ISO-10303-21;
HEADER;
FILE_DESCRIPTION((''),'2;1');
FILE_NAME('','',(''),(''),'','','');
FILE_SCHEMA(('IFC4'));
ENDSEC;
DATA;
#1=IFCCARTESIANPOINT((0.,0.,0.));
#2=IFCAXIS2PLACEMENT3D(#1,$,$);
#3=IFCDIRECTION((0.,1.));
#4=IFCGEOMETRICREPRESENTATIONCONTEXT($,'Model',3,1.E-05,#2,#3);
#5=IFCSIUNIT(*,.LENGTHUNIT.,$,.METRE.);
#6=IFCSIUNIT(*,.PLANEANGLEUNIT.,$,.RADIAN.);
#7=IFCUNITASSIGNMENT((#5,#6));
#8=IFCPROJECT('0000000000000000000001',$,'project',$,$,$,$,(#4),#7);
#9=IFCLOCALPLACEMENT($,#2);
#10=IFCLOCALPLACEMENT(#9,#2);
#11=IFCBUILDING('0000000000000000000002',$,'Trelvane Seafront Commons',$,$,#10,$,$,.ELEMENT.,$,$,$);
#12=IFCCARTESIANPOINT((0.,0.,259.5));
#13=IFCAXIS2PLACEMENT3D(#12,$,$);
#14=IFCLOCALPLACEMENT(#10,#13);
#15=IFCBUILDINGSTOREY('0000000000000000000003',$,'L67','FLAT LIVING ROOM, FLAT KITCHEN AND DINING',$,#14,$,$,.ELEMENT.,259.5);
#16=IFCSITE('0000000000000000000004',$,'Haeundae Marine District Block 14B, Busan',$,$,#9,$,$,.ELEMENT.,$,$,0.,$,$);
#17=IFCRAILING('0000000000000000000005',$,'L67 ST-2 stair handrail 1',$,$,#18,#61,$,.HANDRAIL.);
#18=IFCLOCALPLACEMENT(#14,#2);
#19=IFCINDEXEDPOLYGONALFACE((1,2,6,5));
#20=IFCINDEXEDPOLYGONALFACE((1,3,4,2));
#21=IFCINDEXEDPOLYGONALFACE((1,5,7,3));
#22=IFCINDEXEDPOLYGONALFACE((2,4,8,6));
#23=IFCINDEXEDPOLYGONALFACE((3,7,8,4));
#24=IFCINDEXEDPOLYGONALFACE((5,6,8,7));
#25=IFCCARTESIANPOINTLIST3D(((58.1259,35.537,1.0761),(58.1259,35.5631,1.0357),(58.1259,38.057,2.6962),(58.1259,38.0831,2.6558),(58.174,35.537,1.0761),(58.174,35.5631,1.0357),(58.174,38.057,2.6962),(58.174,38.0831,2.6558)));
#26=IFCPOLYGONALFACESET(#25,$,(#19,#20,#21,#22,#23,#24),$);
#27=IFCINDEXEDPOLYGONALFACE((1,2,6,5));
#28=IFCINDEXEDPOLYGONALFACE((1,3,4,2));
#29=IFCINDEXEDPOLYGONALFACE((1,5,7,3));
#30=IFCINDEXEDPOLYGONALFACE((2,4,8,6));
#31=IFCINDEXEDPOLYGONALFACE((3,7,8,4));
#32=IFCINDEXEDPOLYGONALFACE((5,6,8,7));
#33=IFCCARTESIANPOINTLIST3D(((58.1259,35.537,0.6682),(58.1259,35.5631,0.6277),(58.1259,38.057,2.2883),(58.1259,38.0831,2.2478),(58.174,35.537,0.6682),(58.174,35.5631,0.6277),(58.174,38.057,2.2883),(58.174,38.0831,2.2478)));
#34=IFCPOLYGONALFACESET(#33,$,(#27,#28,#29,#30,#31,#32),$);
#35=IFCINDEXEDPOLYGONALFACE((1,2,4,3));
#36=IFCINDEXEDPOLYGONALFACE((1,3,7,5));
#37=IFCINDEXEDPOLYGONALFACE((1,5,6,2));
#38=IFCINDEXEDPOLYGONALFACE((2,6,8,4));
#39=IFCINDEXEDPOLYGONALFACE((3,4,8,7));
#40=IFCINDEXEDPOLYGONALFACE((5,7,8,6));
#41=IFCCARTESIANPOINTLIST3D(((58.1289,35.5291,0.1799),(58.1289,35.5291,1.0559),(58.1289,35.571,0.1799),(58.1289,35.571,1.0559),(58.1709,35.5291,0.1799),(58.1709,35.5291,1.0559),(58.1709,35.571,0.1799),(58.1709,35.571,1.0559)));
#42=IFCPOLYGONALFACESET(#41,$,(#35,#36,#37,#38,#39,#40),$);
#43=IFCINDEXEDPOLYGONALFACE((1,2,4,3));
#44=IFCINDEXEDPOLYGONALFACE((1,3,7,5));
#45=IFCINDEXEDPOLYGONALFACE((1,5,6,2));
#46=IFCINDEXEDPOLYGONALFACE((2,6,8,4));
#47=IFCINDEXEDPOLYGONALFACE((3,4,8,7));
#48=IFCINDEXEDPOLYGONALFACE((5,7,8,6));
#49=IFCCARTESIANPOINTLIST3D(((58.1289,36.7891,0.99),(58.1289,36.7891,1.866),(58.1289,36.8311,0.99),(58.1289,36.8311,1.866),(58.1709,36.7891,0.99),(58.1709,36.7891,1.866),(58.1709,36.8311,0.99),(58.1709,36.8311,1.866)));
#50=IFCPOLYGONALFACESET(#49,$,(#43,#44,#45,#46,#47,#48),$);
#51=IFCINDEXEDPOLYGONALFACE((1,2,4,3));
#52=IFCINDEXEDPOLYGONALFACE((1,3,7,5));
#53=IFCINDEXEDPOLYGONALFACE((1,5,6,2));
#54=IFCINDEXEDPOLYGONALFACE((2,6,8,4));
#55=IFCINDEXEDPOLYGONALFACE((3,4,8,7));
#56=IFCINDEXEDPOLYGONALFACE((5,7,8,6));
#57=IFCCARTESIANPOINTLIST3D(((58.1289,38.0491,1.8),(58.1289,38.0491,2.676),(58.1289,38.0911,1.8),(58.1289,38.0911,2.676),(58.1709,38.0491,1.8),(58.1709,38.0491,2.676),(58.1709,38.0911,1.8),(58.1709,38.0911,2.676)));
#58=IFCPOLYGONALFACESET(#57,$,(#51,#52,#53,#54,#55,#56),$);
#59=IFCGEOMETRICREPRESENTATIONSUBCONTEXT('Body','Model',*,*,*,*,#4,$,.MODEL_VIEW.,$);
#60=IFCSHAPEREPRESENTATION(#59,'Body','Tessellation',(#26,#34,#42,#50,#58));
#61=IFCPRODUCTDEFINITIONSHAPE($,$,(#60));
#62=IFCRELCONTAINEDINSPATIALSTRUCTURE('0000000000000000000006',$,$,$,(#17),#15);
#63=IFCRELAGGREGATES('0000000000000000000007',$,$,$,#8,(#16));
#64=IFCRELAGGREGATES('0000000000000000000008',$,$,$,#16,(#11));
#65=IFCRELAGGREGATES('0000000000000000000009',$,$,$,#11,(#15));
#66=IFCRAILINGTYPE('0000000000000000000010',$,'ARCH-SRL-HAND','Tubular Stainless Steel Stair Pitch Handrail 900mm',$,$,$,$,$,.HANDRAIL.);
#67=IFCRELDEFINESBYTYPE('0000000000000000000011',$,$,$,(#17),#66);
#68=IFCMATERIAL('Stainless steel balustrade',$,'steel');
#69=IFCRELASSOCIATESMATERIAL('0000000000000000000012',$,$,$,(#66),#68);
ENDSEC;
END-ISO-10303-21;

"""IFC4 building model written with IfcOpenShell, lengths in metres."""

from ifc_helpers import new_model, si_unit, direction, frame, origin, origin_2d, place, context, subcontext, project, spatial, rectangle, extrude, material, type_object, element, save


model = new_model("IFC4")

# Units and contexts
model_context = context("Model", 3, precision=1e-05, world=origin(), true_north=direction((0.0, 1.0)))
body_context = subcontext(model_context, "Body", "Model", "MODEL_VIEW")
ifc_project = project(units=[si_unit("LENGTHUNIT", "METRE"), si_unit("PLANEANGLEUNIT", "RADIAN")], contexts=[model_context])

# Site, building, storey
site_placement = place(None, origin())
site = spatial("IfcSite", under=ifc_project, at=site_placement, Name="Haeundae Marine District Block 14B, Busan", CompositionType="ELEMENT", RefElevation=0.0)
building_placement = place(site_placement, origin())
building = spatial("IfcBuilding", under=site, at=building_placement, Name="Trelvane Seafront Commons", CompositionType="ELEMENT")
storey_placement = place(building_placement, frame((0.0, 0.0, 259.5)))
storey = spatial("IfcBuildingStorey", under=building, at=storey_placement, Name="L67", Description="FLAT LIVING ROOM, FLAT KITCHEN AND DINING", CompositionType="ELEMENT", Elevation=259.5)

# Railing
ifc_material_1 = material(Name="Stainless steel balustrade", Category="steel")
railing_type_1 = type_object("IfcRailingType", Name="ARCH-SRL-HAND", Description="Tubular Stainless Steel Stair Pitch Handrail 900mm", PredefinedType="HANDRAIL", material=ifc_material_1)
railing_1_placement = place(storey_placement, frame((58.1499, 35.55, 0.1799)))
element("IfcRailing", 1, at=railing_1_placement, inside=storey, type_object=railing_type_1, Name="L67 ST-2 stair handrail 1", PredefinedType="HANDRAIL", context=body_context, shape_type="SweptSolid", body=[
    extrude(rectangle(XDim=0.0481, YDim=0.0481, at=origin_2d()), frame((0.0, 0.0, 0.876), z_axis=(0.0, 0.841163, 0.540782), x_axis=(-1.0, 0.0, 0.0)), (0.0, 0.0, 1.0), 2.9958),
    extrude(rectangle(XDim=0.0481, YDim=0.0481, at=origin_2d()), frame((0.0, 0.0, 0.468), z_axis=(0.0, 0.841163, 0.540782), x_axis=(-1.0, 0.0, 0.0)), (0.0, 0.0, 1.0), 2.9958),
    extrude(rectangle(XDim=0.042, YDim=0.042, at=origin_2d()), origin(), (0.0, 0.0, 1.0), 0.876),
    extrude(rectangle(XDim=0.042, YDim=0.042, at=origin_2d()), frame((0.0, 1.26, 0.8101)), (0.0, 0.0, 1.0), 0.876),
    extrude(rectangle(XDim=0.042, YDim=0.042, at=origin_2d()), frame((0.0, 2.52, 1.6201)), (0.0, 0.0, 1.0), 0.876),
])

save(model, "model.ifc")
